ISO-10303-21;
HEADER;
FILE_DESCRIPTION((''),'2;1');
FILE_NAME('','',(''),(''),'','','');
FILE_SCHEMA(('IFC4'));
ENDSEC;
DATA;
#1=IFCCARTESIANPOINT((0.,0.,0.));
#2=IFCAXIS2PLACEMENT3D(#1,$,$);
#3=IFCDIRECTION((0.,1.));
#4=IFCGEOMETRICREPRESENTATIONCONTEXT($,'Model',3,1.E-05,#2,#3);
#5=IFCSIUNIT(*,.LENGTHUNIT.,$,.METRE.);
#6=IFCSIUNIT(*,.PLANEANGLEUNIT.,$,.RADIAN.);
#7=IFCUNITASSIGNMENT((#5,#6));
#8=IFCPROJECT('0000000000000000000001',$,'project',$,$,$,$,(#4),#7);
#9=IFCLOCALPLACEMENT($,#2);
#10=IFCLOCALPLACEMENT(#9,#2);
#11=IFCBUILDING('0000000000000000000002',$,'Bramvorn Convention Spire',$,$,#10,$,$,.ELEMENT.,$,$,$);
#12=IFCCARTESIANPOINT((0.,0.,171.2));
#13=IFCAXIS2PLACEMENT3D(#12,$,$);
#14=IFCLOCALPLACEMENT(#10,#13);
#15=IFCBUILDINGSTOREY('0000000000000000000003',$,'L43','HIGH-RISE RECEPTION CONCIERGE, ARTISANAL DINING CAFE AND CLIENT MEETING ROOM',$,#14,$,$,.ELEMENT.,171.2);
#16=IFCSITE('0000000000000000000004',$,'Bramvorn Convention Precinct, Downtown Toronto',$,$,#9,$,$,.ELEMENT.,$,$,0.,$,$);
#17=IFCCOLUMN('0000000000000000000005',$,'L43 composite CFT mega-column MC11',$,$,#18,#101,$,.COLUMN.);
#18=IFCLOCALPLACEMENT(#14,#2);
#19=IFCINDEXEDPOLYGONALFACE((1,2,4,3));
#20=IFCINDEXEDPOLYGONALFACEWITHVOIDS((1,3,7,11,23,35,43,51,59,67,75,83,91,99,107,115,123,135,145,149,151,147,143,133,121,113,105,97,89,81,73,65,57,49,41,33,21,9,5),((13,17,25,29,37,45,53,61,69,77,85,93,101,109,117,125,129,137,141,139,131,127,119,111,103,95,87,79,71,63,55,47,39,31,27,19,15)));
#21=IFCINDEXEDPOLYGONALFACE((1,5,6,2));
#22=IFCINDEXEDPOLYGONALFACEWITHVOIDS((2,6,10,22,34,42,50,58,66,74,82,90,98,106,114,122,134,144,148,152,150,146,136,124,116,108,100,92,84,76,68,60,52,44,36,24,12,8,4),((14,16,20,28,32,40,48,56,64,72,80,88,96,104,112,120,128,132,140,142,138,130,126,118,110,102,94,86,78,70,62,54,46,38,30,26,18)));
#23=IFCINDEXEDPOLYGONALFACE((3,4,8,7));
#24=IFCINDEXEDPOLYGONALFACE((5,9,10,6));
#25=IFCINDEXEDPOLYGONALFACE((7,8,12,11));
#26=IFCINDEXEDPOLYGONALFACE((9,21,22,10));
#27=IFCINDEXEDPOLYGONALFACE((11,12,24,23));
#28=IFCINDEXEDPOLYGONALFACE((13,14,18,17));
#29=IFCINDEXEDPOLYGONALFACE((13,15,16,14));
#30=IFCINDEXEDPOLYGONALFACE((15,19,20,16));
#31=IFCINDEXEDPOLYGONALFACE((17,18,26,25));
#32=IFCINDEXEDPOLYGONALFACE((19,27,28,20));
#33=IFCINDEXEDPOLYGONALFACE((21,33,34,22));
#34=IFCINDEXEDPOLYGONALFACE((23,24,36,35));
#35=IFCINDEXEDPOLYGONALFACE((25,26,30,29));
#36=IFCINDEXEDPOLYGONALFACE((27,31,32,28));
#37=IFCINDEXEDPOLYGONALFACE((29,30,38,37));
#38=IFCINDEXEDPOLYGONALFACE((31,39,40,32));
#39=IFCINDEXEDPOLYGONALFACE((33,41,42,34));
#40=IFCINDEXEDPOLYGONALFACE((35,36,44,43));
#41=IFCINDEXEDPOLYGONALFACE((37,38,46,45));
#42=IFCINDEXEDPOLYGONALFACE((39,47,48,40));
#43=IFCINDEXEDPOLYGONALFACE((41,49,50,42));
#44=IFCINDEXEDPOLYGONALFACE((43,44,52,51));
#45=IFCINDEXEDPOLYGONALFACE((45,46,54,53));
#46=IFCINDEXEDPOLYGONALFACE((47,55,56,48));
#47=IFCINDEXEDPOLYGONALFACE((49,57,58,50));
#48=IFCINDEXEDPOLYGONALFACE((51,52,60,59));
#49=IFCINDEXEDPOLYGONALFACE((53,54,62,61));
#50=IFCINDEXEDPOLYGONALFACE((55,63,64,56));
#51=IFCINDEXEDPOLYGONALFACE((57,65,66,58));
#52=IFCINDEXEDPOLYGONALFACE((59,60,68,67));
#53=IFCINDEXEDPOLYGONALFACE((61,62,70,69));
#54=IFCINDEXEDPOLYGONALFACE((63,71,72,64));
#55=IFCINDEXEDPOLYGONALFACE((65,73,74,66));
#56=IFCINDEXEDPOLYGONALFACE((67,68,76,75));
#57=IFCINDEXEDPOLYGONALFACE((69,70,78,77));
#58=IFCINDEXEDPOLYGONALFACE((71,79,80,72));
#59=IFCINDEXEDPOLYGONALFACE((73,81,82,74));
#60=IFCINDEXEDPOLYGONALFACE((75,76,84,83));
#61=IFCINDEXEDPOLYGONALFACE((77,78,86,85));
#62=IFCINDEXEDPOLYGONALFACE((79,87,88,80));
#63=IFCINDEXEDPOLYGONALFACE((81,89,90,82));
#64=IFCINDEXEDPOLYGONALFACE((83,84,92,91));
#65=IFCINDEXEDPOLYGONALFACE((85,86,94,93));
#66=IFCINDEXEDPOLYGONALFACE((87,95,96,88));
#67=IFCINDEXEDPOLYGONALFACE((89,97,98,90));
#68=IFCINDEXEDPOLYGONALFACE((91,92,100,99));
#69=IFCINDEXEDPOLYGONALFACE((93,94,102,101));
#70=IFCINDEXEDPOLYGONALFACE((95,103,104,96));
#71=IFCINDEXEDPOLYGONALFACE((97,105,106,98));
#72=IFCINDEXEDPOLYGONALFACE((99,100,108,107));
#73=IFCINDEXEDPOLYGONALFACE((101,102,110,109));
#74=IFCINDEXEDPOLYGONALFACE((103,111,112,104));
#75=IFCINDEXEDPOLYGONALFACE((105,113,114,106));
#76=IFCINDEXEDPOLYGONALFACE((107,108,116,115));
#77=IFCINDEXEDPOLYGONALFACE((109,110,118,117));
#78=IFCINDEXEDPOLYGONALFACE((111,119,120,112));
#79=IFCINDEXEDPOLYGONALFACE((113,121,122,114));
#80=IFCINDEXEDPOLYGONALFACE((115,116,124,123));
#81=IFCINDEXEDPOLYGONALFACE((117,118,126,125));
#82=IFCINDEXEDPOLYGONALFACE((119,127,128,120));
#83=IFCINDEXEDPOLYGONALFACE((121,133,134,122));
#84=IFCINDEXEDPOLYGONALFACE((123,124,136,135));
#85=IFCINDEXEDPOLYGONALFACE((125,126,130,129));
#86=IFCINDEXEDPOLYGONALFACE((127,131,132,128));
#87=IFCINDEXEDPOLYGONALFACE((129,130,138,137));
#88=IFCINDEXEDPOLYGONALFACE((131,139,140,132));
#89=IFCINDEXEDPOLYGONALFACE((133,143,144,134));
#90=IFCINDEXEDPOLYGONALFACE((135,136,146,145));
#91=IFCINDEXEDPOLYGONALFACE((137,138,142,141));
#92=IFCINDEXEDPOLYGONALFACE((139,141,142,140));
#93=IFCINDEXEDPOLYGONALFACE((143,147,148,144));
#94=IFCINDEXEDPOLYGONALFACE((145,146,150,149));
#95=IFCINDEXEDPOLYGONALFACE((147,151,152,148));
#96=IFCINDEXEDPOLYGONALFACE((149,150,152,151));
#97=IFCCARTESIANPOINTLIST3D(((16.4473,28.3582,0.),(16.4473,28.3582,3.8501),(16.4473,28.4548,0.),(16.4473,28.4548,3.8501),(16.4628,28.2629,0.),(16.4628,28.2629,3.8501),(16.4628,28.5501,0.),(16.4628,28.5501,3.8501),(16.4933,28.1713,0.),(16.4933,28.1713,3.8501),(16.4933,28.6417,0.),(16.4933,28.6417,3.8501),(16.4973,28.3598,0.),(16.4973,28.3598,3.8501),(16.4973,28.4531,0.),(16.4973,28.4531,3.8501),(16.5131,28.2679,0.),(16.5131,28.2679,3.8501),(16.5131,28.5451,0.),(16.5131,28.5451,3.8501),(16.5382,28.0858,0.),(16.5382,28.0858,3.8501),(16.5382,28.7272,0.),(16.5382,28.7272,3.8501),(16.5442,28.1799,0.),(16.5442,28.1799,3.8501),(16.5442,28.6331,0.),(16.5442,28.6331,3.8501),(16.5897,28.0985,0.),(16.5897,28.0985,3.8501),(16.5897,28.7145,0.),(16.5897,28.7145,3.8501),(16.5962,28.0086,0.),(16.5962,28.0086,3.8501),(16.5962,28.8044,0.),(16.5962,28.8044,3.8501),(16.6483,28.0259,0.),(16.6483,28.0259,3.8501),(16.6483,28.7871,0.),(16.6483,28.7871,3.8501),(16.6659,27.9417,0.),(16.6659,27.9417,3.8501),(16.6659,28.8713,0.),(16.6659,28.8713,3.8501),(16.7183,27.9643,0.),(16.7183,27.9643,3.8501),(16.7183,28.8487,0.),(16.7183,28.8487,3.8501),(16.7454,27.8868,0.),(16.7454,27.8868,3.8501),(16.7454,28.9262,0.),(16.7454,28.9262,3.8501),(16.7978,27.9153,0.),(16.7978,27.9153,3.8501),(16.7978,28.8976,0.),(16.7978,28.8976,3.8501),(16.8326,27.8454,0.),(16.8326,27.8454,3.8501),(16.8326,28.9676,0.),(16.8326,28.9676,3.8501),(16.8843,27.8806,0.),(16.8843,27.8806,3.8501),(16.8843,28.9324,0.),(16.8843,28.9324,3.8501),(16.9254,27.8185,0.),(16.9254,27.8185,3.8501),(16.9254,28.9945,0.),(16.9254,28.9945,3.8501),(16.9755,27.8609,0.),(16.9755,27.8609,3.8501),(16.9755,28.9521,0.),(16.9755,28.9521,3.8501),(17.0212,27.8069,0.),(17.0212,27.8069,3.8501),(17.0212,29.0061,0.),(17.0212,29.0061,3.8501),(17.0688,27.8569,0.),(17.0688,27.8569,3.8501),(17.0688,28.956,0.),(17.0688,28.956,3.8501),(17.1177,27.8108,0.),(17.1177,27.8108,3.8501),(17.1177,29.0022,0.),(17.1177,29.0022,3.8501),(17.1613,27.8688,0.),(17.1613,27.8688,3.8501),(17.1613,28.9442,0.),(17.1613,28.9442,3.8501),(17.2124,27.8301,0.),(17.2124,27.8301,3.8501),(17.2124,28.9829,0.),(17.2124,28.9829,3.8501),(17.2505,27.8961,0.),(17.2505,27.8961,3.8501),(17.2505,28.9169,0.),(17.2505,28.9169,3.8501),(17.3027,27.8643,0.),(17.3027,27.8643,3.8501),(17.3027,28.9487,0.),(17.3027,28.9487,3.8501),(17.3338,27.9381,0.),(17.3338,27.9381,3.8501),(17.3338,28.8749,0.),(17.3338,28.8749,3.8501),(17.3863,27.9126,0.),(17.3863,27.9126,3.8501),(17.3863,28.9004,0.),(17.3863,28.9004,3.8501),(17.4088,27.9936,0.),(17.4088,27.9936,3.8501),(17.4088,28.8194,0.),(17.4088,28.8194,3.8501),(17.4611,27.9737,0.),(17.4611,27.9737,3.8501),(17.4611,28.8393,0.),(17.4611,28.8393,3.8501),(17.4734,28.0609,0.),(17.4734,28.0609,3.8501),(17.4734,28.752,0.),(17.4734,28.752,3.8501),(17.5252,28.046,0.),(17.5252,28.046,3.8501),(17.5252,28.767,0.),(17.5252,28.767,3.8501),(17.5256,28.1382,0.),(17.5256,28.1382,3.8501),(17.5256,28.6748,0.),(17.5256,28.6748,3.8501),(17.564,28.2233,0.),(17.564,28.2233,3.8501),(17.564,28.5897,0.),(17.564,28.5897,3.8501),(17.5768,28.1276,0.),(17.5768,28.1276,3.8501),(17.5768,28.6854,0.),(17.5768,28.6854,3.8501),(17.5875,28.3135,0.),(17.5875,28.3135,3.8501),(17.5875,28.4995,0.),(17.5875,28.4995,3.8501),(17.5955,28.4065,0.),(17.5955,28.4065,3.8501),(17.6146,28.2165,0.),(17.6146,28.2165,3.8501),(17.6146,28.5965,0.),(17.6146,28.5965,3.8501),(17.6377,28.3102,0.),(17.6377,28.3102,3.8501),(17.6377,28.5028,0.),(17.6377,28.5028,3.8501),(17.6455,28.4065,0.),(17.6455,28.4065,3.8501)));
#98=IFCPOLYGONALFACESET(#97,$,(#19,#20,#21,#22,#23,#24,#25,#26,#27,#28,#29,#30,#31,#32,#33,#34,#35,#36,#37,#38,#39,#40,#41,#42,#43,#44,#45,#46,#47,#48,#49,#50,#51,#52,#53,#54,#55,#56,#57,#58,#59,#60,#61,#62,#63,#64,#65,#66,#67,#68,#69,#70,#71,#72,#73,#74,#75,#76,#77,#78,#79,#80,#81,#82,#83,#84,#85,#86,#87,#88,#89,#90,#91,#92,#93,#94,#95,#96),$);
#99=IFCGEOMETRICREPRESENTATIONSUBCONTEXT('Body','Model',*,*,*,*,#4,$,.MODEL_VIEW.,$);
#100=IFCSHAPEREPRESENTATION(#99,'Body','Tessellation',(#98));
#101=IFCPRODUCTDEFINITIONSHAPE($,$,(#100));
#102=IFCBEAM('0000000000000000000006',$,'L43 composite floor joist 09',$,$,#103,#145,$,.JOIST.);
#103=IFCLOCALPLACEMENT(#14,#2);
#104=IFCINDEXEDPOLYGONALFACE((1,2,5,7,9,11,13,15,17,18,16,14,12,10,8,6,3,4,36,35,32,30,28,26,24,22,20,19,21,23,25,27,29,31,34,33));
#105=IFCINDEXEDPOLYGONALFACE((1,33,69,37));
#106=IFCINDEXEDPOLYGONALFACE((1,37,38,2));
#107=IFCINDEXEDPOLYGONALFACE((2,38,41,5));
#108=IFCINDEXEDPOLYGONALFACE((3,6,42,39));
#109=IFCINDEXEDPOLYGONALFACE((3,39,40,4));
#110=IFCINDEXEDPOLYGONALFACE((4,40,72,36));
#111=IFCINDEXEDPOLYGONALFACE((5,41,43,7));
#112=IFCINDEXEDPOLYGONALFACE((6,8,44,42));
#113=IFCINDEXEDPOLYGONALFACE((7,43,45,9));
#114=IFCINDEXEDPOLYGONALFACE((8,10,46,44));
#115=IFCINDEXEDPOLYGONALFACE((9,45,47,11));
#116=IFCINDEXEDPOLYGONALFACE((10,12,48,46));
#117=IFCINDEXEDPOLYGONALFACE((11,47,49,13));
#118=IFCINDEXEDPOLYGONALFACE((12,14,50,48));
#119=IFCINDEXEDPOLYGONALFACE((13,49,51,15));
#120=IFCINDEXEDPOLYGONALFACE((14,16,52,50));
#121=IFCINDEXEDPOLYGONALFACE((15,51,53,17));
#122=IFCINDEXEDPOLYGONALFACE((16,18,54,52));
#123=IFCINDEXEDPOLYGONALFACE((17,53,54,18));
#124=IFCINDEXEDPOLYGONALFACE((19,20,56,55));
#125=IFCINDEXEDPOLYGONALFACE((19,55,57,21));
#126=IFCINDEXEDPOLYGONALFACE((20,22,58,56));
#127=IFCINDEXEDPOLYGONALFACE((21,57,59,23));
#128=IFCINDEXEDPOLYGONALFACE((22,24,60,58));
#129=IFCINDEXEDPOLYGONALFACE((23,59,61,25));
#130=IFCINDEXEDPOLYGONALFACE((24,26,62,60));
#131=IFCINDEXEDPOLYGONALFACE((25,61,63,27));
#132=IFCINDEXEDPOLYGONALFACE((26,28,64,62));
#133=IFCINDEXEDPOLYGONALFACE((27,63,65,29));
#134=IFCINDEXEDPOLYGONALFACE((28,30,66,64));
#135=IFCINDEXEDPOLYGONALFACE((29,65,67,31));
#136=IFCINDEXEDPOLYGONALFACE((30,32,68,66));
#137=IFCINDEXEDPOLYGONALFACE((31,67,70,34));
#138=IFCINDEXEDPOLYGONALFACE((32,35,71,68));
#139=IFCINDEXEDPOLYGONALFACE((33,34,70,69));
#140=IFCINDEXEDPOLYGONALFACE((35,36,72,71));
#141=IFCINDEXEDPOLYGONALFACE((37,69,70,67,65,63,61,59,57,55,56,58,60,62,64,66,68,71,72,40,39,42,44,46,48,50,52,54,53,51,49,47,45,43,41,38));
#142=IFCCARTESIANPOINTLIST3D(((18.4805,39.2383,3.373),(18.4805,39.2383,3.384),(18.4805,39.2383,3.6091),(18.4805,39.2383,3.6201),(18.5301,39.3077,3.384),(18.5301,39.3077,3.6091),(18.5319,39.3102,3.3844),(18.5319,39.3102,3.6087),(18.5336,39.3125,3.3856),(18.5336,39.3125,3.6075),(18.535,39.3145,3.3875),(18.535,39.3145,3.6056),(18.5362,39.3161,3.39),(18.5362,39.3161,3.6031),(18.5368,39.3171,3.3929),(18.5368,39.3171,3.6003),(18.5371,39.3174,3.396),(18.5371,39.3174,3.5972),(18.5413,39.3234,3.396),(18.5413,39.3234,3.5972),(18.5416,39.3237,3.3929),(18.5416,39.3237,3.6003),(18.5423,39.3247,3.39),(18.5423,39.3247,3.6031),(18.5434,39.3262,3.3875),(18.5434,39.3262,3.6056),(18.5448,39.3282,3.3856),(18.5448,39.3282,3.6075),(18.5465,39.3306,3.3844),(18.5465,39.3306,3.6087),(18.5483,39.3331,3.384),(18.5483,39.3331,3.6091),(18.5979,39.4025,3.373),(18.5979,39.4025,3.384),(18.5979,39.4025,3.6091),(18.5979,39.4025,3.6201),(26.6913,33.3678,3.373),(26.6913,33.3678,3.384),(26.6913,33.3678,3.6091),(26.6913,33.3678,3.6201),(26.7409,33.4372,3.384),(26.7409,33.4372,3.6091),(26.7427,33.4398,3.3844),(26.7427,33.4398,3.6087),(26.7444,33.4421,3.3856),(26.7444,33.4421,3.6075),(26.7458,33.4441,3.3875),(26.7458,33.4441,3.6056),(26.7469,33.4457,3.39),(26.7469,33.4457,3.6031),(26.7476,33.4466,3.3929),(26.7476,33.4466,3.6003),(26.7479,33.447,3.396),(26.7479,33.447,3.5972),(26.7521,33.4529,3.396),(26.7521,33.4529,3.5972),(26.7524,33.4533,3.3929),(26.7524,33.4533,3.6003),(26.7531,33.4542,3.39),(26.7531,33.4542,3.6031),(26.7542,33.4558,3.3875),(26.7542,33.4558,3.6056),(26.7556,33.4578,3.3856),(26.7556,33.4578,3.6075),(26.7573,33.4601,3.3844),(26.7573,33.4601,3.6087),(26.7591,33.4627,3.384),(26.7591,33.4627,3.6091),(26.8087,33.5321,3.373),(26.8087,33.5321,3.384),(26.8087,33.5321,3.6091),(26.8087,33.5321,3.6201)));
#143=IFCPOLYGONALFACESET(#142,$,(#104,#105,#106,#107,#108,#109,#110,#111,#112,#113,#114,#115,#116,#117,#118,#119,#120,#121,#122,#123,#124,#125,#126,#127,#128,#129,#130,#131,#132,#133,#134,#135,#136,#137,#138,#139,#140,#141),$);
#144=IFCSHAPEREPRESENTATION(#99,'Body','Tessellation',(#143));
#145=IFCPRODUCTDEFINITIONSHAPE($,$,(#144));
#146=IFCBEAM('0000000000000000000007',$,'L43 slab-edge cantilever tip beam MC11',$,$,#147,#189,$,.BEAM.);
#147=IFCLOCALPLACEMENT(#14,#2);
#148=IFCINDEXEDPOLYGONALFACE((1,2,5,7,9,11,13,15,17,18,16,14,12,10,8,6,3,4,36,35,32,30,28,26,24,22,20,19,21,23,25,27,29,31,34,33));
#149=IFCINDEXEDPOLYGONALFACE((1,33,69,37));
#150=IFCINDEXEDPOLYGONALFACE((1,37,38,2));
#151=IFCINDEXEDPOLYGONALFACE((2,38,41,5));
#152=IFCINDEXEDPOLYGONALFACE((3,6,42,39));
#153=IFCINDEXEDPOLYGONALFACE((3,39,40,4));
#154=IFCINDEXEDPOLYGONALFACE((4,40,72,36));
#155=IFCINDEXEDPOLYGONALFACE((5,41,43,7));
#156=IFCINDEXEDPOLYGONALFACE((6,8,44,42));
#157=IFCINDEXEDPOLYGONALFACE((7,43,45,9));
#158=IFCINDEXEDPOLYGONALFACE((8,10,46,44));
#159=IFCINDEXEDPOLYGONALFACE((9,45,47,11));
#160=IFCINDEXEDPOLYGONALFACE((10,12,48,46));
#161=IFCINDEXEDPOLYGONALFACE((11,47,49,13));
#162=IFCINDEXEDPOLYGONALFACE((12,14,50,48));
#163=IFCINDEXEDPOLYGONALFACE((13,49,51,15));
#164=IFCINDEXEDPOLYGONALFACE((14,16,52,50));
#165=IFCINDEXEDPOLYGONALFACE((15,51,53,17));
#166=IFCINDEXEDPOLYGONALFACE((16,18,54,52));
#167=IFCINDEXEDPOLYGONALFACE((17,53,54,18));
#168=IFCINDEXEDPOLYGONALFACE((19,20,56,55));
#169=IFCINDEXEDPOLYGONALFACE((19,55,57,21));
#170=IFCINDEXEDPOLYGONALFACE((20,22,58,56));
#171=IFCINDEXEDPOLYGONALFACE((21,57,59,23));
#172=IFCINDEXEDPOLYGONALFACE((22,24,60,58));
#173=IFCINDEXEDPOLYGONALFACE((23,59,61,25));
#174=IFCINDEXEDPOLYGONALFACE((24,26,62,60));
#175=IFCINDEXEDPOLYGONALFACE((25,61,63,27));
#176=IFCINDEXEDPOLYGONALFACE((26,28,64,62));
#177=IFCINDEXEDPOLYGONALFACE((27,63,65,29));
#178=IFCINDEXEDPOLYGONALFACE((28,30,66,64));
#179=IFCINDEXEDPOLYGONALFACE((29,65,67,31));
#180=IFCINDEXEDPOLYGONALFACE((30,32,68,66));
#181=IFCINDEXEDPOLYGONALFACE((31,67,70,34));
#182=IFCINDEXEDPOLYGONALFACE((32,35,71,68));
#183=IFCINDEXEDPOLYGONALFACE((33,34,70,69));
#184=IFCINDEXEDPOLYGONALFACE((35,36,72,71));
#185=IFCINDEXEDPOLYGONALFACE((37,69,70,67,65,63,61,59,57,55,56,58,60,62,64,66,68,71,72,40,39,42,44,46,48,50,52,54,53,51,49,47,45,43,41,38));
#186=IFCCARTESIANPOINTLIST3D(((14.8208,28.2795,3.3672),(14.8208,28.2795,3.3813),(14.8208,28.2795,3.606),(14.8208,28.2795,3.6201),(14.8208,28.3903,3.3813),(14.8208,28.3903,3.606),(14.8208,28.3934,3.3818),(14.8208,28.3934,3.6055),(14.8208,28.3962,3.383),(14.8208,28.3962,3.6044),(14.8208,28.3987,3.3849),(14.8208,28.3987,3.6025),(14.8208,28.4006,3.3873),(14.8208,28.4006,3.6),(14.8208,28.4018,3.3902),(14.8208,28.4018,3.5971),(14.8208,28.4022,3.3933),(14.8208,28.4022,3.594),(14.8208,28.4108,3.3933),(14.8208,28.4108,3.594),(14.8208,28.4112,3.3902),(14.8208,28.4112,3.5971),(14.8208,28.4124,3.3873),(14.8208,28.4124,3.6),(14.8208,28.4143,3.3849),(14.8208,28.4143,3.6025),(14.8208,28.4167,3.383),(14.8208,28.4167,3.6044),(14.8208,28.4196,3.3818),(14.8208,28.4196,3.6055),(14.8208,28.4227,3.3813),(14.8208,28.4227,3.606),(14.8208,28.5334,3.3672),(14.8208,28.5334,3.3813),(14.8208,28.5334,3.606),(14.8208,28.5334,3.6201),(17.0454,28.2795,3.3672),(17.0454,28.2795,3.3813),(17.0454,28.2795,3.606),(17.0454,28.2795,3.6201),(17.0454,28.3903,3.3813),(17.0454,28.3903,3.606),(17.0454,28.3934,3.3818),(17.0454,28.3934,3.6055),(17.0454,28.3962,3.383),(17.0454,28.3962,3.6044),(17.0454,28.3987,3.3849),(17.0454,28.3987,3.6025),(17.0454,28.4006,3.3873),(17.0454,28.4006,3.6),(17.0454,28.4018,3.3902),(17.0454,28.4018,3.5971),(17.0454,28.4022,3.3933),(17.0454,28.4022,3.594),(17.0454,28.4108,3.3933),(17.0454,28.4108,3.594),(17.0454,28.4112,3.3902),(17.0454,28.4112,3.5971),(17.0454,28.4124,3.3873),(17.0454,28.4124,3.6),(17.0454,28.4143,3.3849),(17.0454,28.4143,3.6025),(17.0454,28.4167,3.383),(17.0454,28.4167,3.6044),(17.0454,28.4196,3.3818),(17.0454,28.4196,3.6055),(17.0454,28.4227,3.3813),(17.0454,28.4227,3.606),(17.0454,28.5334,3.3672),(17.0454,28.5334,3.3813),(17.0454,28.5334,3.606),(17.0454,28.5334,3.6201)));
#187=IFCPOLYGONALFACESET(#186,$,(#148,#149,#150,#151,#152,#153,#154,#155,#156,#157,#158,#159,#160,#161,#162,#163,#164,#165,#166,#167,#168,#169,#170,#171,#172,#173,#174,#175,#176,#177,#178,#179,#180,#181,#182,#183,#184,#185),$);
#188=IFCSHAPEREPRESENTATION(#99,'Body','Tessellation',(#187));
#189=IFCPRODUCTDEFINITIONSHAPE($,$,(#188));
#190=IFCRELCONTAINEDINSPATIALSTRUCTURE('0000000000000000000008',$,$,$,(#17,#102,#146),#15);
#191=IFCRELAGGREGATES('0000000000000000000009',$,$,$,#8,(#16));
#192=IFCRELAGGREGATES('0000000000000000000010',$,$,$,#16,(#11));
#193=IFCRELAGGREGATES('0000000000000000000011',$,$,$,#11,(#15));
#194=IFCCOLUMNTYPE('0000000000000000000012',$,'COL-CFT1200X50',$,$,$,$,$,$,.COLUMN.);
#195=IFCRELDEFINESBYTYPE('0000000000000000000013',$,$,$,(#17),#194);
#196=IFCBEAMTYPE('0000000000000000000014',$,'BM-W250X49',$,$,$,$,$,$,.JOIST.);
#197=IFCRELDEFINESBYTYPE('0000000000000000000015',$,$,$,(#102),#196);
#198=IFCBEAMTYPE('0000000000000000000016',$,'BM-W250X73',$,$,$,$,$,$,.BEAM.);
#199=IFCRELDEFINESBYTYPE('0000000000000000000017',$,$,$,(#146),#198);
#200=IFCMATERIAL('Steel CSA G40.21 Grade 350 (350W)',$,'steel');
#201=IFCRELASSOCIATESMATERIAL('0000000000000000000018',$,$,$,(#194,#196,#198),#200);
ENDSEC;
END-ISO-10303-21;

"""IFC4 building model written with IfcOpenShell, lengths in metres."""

from ifc_helpers import new_model, si_unit, direction, frame, origin, origin_2d, place, context, subcontext, project, spatial, hollow_circle, i_section, extrude, material, material_profile, profile_set, type_object, element, save


model = new_model("IFC4")

# Units and contexts
model_context = context("Model", 3, precision=1e-05, world=origin(), true_north=direction((0.0, 1.0)))
body_context = subcontext(model_context, "Body", "Model", "MODEL_VIEW")
ifc_project = project(units=[si_unit("LENGTHUNIT", "METRE"), si_unit("PLANEANGLEUNIT", "RADIAN")], contexts=[model_context])

# Site, building, storey
site_placement = place(None, origin())
site = spatial("IfcSite", under=ifc_project, at=site_placement, Name="Bramvorn Convention Precinct, Downtown Toronto", CompositionType="ELEMENT", RefElevation=0.0)
building_placement = place(site_placement, origin())
building = spatial("IfcBuilding", under=site, at=building_placement, Name="Bramvorn Convention Spire", CompositionType="ELEMENT")
storey_placement = place(building_placement, frame((0.0, 0.0, 171.2)))
storey = spatial("IfcBuildingStorey", under=building, at=storey_placement, Name="L43", Description="HIGH-RISE RECEPTION CONCIERGE, ARTISANAL DINING CAFE AND CLIENT MEETING ROOM", CompositionType="ELEMENT", Elevation=171.2)

# Column
ifc_material_1 = material(Name="Steel CSA G40.21 Grade 350 (350W)", Category="steel")
ifc_material_profile_1 = material_profile(ifc_material_1, hollow_circle(Radius=0.6001, WallThickness=0.05, at=origin_2d()))
ifc_profile_set_1 = profile_set([ifc_material_profile_1], Name="Steel CSA G40.21 Grade 350 (350W) - CFT1200X50")
column_type = type_object("IfcColumnType", Name="COL-CFT1200X50", PredefinedType="COLUMN", material=ifc_profile_set_1)
column_placement = place(storey_placement, frame((17.0454, 28.4065, 0.0), z_axis=(0.0, 0.0, 1.0), x_axis=(1.0, 0.0, 0.0)))
element("IfcColumn", 1, at=column_placement, inside=storey, type_object=column_type, Name="L43 composite CFT mega-column MC11", PredefinedType="COLUMN", context=body_context, shape_type="SweptSolid", body=[
    extrude(hollow_circle(Radius=0.6001, WallThickness=0.05, at=origin_2d()), origin(), (0.0, 0.0, 1.0), 3.8501),
])

# Beams
ifc_material_profile_2 = material_profile(ifc_material_1, i_section(OverallWidth=0.2019, OverallDepth=0.2471, WebThickness=0.0073, FlangeThickness=0.011, FilletRadius=0.012, at=origin_2d()))
ifc_profile_set_2 = profile_set([ifc_material_profile_2], Name="Steel CSA G40.21 Grade 350 (350W) - W250X49")
beam_type_1 = type_object("IfcBeamType", Name="BM-W250X49", PredefinedType="JOIST", material=ifc_profile_set_2)
beam_1_placement = place(storey_placement, frame((26.75, 33.45, 3.4966), z_axis=(-0.813472, 0.581604, 0.0), x_axis=(-0.581604, -0.813472, 0.0)))
element("IfcBeam", 2, at=beam_1_placement, inside=storey, type_object=beam_type_1, Name="L43 composite floor joist 09", PredefinedType="JOIST", context=body_context, shape_type="SweptSolid", body=[
    extrude(i_section(OverallWidth=0.2019, OverallDepth=0.2471, WebThickness=0.0073, FlangeThickness=0.011, FilletRadius=0.012, at=origin_2d()), origin(), (0.0, 0.0, 1.0), 10.0935),
])
ifc_material_profile_3 = material_profile(ifc_material_1, i_section(OverallWidth=0.2539, OverallDepth=0.2529, WebThickness=0.0085, FlangeThickness=0.0142, FilletRadius=0.012, at=origin_2d()))
ifc_profile_set_3 = profile_set([ifc_material_profile_3], Name="Steel CSA G40.21 Grade 350 (350W) - W250X73")
beam_type_2 = type_object("IfcBeamType", Name="BM-W250X73", PredefinedType="BEAM", material=ifc_profile_set_3)
beam_2_placement = place(storey_placement, frame((17.0454, 28.4065, 3.4937), z_axis=(-1.0, 0.0, 0.0), x_axis=(0.0, -1.0, 0.0)))
element("IfcBeam", 3, at=beam_2_placement, inside=storey, type_object=beam_type_2, Name="L43 slab-edge cantilever tip beam MC11", PredefinedType="BEAM", context=body_context, shape_type="SweptSolid", body=[
    extrude(i_section(OverallWidth=0.2539, OverallDepth=0.2529, WebThickness=0.0085, FlangeThickness=0.0142, FilletRadius=0.012, at=origin_2d()), origin(), (0.0, 0.0, 1.0), 2.2246),
])

save(model, "model.ifc")
